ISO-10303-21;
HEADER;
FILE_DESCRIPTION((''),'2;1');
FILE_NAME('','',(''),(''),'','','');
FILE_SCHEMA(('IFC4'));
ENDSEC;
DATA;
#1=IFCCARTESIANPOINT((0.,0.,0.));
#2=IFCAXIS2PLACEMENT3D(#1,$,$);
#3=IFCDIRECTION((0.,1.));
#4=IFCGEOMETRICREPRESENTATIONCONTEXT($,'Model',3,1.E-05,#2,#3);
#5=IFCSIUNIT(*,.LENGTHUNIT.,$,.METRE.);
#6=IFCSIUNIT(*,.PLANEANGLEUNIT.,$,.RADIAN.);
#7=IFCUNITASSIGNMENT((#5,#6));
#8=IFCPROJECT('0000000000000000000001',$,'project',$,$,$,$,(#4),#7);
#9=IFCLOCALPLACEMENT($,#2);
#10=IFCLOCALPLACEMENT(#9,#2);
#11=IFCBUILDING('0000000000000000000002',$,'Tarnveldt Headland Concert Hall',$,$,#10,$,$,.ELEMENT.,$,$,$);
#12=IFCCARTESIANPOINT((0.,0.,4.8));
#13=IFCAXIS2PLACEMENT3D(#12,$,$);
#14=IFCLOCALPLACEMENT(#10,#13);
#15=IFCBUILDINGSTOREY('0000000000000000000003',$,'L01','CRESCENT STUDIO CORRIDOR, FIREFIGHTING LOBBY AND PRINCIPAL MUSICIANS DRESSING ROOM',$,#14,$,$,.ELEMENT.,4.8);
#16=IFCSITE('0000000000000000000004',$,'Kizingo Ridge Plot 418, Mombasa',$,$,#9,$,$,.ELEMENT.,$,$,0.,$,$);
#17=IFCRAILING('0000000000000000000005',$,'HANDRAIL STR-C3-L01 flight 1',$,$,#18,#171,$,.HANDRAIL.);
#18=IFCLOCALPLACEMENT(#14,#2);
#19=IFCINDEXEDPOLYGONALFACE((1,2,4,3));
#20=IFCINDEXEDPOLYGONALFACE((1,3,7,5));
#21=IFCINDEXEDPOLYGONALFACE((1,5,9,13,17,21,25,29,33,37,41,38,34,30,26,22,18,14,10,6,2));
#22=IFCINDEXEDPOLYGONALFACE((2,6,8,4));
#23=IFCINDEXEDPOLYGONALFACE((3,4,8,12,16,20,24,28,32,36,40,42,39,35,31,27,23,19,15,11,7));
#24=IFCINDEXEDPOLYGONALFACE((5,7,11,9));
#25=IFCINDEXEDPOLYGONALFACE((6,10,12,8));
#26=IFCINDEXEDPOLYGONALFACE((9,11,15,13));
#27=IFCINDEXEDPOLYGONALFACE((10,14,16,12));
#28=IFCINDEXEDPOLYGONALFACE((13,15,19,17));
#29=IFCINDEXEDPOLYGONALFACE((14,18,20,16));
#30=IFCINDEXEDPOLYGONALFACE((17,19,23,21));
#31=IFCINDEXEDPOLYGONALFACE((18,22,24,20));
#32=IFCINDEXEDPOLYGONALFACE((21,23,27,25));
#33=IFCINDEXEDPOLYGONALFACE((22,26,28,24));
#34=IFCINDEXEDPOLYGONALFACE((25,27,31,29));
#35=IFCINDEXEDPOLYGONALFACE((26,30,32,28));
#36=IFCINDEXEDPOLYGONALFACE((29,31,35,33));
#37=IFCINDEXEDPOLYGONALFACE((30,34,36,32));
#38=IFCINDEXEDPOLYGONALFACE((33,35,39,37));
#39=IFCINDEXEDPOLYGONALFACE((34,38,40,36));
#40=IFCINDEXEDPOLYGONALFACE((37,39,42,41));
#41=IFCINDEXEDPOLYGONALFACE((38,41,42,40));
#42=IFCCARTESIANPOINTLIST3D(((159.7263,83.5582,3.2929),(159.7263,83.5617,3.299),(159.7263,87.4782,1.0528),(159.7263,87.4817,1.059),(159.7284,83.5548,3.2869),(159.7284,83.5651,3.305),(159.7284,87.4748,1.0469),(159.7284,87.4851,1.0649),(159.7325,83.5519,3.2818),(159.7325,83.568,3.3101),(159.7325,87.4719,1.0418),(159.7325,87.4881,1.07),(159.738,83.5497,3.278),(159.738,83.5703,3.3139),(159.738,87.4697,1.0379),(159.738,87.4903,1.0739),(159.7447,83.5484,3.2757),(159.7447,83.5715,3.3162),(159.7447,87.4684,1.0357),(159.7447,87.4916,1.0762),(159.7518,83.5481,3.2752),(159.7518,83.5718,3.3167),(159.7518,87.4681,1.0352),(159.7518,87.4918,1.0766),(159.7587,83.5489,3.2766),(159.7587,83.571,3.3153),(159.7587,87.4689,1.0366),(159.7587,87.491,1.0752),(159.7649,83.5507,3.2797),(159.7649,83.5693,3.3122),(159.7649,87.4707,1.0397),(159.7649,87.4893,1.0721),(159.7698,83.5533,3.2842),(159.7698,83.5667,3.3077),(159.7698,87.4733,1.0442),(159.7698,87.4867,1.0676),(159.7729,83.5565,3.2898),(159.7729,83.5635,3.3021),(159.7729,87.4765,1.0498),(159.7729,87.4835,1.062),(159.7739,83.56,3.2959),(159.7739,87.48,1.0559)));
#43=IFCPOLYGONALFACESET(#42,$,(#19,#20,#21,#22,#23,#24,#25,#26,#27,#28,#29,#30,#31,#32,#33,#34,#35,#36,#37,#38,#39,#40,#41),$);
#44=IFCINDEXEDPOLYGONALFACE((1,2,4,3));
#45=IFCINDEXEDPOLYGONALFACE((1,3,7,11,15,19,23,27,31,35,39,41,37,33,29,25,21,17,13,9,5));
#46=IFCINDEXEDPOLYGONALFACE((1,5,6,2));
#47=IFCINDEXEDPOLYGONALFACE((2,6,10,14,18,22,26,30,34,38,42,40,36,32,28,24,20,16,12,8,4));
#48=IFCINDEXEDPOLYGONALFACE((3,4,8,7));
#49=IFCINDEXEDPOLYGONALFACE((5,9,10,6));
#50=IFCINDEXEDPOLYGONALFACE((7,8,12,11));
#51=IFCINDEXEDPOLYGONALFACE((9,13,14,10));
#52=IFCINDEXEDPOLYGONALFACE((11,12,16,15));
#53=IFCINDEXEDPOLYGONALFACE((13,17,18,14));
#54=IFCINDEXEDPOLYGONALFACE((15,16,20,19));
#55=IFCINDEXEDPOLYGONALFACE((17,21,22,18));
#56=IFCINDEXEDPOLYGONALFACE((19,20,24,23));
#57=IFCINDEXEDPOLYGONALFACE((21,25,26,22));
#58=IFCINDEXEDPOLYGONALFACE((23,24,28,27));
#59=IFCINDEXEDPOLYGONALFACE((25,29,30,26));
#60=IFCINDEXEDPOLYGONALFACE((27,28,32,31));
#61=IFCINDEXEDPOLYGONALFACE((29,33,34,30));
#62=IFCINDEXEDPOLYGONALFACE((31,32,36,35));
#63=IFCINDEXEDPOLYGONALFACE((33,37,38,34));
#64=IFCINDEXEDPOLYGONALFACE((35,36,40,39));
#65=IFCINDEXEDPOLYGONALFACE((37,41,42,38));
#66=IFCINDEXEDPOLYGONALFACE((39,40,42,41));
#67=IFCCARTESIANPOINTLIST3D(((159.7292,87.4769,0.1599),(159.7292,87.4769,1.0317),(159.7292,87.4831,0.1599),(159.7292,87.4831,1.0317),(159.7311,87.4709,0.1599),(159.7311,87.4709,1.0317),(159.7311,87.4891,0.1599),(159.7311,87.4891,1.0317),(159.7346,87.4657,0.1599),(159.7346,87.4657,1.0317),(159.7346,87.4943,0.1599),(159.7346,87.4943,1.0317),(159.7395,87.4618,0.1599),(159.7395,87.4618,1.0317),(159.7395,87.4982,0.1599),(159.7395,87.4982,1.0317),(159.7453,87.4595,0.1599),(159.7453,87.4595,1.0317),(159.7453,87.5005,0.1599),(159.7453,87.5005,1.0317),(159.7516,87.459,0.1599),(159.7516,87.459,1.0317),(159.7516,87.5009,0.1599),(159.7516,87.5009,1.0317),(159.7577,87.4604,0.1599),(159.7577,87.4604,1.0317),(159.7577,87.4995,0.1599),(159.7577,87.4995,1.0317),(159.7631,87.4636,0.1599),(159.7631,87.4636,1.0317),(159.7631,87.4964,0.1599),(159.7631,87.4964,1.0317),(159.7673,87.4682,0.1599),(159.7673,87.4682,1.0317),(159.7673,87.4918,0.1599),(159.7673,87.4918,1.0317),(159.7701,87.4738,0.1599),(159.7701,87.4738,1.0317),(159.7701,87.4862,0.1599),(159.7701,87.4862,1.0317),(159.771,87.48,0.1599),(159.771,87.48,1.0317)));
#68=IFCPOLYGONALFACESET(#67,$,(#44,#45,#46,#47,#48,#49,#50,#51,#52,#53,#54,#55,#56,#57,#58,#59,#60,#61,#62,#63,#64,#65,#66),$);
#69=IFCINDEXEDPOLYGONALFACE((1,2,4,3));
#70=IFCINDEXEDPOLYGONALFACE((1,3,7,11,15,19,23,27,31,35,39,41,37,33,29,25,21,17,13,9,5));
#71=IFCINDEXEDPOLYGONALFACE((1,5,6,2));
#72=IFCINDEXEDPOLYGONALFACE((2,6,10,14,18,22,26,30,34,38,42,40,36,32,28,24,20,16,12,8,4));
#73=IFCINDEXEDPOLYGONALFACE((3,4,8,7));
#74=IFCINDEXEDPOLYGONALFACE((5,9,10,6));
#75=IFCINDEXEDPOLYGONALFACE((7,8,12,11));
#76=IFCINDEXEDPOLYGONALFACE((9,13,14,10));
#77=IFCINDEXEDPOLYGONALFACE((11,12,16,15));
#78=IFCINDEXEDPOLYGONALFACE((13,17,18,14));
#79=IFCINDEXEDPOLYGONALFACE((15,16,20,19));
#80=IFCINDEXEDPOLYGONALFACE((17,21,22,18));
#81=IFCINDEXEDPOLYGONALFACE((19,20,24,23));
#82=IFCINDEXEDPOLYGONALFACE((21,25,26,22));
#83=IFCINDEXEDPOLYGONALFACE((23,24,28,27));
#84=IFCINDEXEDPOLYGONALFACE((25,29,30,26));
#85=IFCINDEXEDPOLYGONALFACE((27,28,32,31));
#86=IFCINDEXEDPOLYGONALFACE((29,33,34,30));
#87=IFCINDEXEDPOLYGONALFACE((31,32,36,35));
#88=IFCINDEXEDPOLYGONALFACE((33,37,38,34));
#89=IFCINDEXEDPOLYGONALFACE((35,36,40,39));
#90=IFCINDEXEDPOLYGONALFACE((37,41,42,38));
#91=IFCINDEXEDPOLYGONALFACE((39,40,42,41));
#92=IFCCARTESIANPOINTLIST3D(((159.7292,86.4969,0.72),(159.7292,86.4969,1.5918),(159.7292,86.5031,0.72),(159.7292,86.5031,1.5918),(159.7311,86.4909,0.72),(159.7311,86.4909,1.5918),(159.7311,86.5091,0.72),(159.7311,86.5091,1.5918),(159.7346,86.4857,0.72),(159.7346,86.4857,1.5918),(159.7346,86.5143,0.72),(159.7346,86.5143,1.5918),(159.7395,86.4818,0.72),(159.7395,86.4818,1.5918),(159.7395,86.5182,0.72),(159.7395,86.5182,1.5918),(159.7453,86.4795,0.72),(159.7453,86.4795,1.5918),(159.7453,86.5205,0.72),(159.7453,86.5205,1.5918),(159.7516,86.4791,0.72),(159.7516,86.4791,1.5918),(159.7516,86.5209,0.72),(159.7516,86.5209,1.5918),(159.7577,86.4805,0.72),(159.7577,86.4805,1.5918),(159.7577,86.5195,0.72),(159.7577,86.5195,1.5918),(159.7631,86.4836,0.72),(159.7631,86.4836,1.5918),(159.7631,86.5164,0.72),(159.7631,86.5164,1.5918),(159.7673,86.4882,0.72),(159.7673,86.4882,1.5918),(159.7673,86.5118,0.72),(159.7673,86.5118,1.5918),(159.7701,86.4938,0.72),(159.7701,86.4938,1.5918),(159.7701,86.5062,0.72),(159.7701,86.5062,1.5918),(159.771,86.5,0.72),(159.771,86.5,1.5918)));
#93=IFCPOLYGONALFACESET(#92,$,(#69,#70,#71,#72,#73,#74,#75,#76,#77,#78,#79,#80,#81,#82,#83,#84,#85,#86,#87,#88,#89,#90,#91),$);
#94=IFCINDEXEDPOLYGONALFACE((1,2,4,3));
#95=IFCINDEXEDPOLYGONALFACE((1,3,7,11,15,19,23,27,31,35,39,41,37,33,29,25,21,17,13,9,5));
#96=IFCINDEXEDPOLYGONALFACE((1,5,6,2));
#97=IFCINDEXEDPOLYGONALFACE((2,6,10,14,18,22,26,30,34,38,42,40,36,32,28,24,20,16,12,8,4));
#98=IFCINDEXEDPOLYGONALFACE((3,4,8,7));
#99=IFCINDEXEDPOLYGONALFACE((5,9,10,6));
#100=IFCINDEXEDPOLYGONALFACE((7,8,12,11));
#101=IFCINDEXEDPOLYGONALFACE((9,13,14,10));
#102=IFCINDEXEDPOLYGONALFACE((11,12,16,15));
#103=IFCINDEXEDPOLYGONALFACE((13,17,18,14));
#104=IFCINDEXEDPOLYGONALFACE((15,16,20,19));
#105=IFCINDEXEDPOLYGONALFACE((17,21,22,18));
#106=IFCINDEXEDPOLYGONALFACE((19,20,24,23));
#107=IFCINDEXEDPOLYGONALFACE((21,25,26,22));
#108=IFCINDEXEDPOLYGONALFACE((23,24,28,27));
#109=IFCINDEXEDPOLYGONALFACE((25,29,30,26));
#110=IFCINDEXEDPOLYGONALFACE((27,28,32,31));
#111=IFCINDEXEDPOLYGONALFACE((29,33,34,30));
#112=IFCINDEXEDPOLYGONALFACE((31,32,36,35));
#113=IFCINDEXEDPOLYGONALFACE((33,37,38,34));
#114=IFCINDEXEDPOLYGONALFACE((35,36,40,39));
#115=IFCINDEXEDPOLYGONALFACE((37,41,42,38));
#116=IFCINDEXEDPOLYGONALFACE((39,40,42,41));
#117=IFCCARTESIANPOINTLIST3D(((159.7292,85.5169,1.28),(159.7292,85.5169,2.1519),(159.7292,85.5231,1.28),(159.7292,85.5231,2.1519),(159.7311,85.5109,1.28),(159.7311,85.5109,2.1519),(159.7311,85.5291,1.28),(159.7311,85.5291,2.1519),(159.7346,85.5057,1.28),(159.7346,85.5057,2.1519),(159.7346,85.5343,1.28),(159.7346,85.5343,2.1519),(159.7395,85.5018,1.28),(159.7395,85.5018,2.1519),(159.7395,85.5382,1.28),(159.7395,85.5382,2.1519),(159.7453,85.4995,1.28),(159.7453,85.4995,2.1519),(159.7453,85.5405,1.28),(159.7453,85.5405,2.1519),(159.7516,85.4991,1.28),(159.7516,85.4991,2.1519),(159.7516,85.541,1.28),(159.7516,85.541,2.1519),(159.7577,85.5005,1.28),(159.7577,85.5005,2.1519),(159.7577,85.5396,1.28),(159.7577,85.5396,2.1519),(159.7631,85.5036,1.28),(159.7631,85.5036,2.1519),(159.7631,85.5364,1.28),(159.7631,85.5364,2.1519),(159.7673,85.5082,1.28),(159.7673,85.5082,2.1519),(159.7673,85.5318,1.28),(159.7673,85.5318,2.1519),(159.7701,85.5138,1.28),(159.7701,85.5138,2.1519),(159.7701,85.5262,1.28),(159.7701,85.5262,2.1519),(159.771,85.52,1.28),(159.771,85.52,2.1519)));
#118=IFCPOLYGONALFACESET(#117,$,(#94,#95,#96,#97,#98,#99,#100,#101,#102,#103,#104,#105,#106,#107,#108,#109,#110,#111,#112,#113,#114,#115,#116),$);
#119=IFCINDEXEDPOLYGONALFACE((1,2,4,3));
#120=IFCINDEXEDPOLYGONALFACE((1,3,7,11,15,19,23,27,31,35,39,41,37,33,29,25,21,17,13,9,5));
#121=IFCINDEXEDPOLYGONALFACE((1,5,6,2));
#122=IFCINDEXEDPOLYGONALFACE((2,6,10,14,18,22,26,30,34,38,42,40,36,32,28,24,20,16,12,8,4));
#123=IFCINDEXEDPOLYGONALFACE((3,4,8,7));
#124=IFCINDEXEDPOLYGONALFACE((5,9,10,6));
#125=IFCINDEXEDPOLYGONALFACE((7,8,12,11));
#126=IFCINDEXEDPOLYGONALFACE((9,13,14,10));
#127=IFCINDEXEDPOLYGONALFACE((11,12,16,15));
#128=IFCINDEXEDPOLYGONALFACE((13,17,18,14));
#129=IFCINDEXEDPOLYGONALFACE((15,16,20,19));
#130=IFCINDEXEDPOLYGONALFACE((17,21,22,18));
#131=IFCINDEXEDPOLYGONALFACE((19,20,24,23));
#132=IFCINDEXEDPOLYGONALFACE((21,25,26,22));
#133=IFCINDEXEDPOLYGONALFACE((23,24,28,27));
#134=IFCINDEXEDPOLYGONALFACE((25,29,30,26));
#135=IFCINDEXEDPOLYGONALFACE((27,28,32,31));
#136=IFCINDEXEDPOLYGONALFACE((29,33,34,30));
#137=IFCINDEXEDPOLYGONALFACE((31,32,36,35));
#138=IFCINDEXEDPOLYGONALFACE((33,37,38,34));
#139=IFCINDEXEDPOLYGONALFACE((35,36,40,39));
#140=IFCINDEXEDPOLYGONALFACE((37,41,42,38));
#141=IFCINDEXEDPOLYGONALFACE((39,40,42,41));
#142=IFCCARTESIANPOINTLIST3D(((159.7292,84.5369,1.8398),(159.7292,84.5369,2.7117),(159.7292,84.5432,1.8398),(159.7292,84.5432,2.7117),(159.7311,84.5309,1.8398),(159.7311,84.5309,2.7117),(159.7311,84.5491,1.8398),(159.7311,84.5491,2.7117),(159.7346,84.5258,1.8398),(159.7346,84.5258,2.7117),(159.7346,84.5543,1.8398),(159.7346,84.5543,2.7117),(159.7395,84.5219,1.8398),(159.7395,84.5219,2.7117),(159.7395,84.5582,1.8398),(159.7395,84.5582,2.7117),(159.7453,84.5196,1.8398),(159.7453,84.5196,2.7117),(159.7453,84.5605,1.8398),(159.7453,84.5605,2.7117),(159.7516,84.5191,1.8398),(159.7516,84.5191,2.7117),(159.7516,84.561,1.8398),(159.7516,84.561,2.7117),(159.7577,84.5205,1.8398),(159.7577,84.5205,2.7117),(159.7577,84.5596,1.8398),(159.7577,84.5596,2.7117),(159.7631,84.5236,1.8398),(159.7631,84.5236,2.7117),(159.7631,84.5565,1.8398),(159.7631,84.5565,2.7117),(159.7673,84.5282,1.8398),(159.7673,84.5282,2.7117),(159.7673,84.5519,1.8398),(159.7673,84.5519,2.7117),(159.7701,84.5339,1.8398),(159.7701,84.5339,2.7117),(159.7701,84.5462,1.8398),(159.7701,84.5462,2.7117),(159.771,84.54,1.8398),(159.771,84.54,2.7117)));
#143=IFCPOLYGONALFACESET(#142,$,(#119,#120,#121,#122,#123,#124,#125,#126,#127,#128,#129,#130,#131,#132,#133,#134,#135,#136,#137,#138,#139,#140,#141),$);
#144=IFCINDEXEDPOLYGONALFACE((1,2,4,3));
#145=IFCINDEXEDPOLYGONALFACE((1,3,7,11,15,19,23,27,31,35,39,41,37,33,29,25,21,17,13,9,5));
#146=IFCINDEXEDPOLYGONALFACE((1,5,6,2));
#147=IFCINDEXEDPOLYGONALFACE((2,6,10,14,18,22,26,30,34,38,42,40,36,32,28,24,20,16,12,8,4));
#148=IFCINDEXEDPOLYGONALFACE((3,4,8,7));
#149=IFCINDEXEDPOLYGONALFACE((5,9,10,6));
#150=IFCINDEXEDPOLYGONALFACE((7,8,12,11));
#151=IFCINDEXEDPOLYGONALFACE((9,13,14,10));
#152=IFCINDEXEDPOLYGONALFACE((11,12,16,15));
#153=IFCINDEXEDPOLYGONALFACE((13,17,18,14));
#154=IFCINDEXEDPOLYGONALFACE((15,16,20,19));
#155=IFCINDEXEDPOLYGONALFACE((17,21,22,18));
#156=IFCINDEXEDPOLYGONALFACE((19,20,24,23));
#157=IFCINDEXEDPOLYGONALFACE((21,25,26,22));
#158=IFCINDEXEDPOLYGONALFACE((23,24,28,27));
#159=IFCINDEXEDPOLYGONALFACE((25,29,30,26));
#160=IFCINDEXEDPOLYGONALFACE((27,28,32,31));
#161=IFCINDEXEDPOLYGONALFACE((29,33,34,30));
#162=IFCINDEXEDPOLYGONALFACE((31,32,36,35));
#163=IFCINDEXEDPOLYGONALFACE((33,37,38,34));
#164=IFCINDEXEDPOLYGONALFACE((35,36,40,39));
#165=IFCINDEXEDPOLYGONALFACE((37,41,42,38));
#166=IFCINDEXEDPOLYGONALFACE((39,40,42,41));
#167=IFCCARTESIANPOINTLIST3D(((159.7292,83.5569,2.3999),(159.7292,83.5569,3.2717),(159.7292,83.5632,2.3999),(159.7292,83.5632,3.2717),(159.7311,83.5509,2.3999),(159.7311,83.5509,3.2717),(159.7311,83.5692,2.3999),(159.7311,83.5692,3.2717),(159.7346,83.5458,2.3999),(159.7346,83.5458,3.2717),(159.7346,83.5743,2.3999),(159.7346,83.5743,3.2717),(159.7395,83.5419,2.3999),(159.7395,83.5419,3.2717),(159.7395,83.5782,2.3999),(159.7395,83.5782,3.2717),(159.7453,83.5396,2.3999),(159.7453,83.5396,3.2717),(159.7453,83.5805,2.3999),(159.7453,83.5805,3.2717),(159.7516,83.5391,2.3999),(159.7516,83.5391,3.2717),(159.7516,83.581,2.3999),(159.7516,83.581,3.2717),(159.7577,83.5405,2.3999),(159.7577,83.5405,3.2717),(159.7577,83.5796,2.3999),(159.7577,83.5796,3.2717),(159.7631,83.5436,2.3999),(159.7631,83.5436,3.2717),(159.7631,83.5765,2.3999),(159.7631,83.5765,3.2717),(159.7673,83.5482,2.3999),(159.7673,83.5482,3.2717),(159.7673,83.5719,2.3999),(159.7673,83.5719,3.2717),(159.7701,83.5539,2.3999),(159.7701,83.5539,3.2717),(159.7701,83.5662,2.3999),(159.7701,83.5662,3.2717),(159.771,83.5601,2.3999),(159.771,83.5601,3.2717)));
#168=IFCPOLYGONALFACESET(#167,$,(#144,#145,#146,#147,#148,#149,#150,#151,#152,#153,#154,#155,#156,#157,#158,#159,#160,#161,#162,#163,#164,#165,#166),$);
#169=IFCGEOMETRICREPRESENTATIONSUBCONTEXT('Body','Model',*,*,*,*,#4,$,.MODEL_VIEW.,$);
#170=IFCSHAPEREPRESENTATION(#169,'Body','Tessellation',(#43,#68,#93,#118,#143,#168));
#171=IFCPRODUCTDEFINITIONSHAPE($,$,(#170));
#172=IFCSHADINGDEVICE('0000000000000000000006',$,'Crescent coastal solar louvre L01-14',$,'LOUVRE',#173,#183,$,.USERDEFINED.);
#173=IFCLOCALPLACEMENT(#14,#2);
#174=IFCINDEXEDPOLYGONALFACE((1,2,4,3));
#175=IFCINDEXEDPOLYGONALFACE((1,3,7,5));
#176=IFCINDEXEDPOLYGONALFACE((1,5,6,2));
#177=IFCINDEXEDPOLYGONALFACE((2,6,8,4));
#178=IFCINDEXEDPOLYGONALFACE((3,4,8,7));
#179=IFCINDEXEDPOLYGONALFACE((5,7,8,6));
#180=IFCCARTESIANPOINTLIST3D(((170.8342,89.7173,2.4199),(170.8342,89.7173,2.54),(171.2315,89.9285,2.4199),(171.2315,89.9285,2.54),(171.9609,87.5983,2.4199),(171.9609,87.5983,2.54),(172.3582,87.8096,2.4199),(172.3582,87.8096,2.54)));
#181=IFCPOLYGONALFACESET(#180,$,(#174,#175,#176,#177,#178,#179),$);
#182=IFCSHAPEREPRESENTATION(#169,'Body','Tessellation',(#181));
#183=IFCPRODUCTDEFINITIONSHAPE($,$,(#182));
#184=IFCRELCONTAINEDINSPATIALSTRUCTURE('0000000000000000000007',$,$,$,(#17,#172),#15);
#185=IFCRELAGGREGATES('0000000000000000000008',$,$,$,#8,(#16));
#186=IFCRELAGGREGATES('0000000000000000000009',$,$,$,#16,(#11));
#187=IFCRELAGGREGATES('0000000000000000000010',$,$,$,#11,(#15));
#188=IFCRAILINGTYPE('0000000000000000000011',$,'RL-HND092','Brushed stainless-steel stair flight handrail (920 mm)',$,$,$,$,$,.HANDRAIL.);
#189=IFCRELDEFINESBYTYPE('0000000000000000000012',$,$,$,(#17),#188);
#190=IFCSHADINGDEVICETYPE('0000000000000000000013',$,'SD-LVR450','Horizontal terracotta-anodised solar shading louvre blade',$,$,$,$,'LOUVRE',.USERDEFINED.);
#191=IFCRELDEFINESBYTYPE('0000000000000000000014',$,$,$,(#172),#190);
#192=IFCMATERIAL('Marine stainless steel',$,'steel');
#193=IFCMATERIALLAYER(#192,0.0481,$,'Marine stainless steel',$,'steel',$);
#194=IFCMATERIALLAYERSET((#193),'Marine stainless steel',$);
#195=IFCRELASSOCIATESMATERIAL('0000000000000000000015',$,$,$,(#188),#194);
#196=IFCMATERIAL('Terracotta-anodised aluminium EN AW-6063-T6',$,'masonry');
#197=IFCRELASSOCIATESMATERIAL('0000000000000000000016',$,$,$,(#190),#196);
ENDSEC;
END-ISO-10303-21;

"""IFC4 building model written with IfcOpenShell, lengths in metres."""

from ifc_helpers import new_model, si_unit, direction, frame, origin, origin_2d, place, context, subcontext, project, spatial, rectangle, circle, extrude, material, layer, layer_set, type_object, element, save


model = new_model("IFC4")

# Units and contexts
model_context = context("Model", 3, precision=1e-05, world=origin(), true_north=direction((0.0, 1.0)))
body_context = subcontext(model_context, "Body", "Model", "MODEL_VIEW")
ifc_project = project(units=[si_unit("LENGTHUNIT", "METRE"), si_unit("PLANEANGLEUNIT", "RADIAN")], contexts=[model_context])

# Site, building, storey
site_placement = place(None, origin())
site = spatial("IfcSite", under=ifc_project, at=site_placement, Name="Kizingo Ridge Plot 418, Mombasa", CompositionType="ELEMENT", RefElevation=0.0)
building_placement = place(site_placement, origin())
building = spatial("IfcBuilding", under=site, at=building_placement, Name="Tarnveldt Headland Concert Hall", CompositionType="ELEMENT")
storey_placement = place(building_placement, frame((0.0, 0.0, 4.8)))
storey = spatial("IfcBuildingStorey", under=building, at=storey_placement, Name="L01", Description="CRESCENT STUDIO CORRIDOR, FIREFIGHTING LOBBY AND PRINCIPAL MUSICIANS DRESSING ROOM", CompositionType="ELEMENT", Elevation=4.8)

# Railing
ifc_material_1 = material(Name="Marine stainless steel", Category="steel")
ifc_layer_1 = layer(ifc_material_1, 0.0481, Name="Marine stainless steel", Category="steel")
ifc_layer_set_1 = layer_set([ifc_layer_1], Name="Marine stainless steel")
railing_type = type_object("IfcRailingType", Name="RL-HND092", Description="Brushed stainless-steel stair flight handrail (920 mm)", PredefinedType="HANDRAIL", material=ifc_layer_set_1)
railing_placement = place(storey_placement, frame((159.75, 87.48, 0.1599)))
element("IfcRailing", 1, at=railing_placement, inside=storey, type_object=railing_type, Name="HANDRAIL STR-C3-L01 flight 1", PredefinedType="HANDRAIL", context=body_context, shape_type="SweptSolid", body=[
    extrude(circle(Radius=0.0239, at=origin_2d()), frame((0.0, 0.0, 0.896), z_axis=(0.0, -0.86824, 0.496145), x_axis=(1.0, 0.0, 0.0)), (0.0, 0.0, 1.0), 4.5149),
    extrude(circle(Radius=0.021, at=origin_2d()), origin(), (0.0, 0.0, 1.0), 0.8718),
    extrude(circle(Radius=0.021, at=origin_2d()), frame((0.0, -0.98, 0.5601)), (0.0, 0.0, 1.0), 0.8718),
    extrude(circle(Radius=0.021, at=origin_2d()), frame((0.0, -1.96, 1.1201)), (0.0, 0.0, 1.0), 0.8718),
    extrude(circle(Radius=0.021, at=origin_2d()), frame((0.0, -2.9399, 1.6799)), (0.0, 0.0, 1.0), 0.8718),
    extrude(circle(Radius=0.021, at=origin_2d()), frame((0.0, -3.9199, 2.24)), (0.0, 0.0, 1.0), 0.8718),
])

# Shading device
ifc_material_2 = material(Name="Terracotta-anodised aluminium EN AW-6063-T6", Category="masonry")
shading_device_type = type_object("IfcShadingDeviceType", Name="SD-LVR450", Description="Horizontal terracotta-anodised solar shading louvre blade", ElementType="LOUVRE", PredefinedType="USERDEFINED", material=ifc_material_2)
shading_device_placement = place(storey_placement, frame((171.5962, 88.7634, 2.4199), z_axis=(0.0, 0.0, 1.0), x_axis=(0.882948, 0.469472, 0.0)))
element("IfcShadingDevice", 2, at=shading_device_placement, inside=storey, type_object=shading_device_type, Name="Crescent coastal solar louvre L01-14", ObjectType="LOUVRE", PredefinedType="USERDEFINED", context=body_context, shape_type="SweptSolid", body=[
    extrude(rectangle(XDim=0.45, YDim=2.3999, at=origin_2d()), origin(), (0.0, 0.0, 1.0), 0.1201),
])

save(model, "model.ifc")
